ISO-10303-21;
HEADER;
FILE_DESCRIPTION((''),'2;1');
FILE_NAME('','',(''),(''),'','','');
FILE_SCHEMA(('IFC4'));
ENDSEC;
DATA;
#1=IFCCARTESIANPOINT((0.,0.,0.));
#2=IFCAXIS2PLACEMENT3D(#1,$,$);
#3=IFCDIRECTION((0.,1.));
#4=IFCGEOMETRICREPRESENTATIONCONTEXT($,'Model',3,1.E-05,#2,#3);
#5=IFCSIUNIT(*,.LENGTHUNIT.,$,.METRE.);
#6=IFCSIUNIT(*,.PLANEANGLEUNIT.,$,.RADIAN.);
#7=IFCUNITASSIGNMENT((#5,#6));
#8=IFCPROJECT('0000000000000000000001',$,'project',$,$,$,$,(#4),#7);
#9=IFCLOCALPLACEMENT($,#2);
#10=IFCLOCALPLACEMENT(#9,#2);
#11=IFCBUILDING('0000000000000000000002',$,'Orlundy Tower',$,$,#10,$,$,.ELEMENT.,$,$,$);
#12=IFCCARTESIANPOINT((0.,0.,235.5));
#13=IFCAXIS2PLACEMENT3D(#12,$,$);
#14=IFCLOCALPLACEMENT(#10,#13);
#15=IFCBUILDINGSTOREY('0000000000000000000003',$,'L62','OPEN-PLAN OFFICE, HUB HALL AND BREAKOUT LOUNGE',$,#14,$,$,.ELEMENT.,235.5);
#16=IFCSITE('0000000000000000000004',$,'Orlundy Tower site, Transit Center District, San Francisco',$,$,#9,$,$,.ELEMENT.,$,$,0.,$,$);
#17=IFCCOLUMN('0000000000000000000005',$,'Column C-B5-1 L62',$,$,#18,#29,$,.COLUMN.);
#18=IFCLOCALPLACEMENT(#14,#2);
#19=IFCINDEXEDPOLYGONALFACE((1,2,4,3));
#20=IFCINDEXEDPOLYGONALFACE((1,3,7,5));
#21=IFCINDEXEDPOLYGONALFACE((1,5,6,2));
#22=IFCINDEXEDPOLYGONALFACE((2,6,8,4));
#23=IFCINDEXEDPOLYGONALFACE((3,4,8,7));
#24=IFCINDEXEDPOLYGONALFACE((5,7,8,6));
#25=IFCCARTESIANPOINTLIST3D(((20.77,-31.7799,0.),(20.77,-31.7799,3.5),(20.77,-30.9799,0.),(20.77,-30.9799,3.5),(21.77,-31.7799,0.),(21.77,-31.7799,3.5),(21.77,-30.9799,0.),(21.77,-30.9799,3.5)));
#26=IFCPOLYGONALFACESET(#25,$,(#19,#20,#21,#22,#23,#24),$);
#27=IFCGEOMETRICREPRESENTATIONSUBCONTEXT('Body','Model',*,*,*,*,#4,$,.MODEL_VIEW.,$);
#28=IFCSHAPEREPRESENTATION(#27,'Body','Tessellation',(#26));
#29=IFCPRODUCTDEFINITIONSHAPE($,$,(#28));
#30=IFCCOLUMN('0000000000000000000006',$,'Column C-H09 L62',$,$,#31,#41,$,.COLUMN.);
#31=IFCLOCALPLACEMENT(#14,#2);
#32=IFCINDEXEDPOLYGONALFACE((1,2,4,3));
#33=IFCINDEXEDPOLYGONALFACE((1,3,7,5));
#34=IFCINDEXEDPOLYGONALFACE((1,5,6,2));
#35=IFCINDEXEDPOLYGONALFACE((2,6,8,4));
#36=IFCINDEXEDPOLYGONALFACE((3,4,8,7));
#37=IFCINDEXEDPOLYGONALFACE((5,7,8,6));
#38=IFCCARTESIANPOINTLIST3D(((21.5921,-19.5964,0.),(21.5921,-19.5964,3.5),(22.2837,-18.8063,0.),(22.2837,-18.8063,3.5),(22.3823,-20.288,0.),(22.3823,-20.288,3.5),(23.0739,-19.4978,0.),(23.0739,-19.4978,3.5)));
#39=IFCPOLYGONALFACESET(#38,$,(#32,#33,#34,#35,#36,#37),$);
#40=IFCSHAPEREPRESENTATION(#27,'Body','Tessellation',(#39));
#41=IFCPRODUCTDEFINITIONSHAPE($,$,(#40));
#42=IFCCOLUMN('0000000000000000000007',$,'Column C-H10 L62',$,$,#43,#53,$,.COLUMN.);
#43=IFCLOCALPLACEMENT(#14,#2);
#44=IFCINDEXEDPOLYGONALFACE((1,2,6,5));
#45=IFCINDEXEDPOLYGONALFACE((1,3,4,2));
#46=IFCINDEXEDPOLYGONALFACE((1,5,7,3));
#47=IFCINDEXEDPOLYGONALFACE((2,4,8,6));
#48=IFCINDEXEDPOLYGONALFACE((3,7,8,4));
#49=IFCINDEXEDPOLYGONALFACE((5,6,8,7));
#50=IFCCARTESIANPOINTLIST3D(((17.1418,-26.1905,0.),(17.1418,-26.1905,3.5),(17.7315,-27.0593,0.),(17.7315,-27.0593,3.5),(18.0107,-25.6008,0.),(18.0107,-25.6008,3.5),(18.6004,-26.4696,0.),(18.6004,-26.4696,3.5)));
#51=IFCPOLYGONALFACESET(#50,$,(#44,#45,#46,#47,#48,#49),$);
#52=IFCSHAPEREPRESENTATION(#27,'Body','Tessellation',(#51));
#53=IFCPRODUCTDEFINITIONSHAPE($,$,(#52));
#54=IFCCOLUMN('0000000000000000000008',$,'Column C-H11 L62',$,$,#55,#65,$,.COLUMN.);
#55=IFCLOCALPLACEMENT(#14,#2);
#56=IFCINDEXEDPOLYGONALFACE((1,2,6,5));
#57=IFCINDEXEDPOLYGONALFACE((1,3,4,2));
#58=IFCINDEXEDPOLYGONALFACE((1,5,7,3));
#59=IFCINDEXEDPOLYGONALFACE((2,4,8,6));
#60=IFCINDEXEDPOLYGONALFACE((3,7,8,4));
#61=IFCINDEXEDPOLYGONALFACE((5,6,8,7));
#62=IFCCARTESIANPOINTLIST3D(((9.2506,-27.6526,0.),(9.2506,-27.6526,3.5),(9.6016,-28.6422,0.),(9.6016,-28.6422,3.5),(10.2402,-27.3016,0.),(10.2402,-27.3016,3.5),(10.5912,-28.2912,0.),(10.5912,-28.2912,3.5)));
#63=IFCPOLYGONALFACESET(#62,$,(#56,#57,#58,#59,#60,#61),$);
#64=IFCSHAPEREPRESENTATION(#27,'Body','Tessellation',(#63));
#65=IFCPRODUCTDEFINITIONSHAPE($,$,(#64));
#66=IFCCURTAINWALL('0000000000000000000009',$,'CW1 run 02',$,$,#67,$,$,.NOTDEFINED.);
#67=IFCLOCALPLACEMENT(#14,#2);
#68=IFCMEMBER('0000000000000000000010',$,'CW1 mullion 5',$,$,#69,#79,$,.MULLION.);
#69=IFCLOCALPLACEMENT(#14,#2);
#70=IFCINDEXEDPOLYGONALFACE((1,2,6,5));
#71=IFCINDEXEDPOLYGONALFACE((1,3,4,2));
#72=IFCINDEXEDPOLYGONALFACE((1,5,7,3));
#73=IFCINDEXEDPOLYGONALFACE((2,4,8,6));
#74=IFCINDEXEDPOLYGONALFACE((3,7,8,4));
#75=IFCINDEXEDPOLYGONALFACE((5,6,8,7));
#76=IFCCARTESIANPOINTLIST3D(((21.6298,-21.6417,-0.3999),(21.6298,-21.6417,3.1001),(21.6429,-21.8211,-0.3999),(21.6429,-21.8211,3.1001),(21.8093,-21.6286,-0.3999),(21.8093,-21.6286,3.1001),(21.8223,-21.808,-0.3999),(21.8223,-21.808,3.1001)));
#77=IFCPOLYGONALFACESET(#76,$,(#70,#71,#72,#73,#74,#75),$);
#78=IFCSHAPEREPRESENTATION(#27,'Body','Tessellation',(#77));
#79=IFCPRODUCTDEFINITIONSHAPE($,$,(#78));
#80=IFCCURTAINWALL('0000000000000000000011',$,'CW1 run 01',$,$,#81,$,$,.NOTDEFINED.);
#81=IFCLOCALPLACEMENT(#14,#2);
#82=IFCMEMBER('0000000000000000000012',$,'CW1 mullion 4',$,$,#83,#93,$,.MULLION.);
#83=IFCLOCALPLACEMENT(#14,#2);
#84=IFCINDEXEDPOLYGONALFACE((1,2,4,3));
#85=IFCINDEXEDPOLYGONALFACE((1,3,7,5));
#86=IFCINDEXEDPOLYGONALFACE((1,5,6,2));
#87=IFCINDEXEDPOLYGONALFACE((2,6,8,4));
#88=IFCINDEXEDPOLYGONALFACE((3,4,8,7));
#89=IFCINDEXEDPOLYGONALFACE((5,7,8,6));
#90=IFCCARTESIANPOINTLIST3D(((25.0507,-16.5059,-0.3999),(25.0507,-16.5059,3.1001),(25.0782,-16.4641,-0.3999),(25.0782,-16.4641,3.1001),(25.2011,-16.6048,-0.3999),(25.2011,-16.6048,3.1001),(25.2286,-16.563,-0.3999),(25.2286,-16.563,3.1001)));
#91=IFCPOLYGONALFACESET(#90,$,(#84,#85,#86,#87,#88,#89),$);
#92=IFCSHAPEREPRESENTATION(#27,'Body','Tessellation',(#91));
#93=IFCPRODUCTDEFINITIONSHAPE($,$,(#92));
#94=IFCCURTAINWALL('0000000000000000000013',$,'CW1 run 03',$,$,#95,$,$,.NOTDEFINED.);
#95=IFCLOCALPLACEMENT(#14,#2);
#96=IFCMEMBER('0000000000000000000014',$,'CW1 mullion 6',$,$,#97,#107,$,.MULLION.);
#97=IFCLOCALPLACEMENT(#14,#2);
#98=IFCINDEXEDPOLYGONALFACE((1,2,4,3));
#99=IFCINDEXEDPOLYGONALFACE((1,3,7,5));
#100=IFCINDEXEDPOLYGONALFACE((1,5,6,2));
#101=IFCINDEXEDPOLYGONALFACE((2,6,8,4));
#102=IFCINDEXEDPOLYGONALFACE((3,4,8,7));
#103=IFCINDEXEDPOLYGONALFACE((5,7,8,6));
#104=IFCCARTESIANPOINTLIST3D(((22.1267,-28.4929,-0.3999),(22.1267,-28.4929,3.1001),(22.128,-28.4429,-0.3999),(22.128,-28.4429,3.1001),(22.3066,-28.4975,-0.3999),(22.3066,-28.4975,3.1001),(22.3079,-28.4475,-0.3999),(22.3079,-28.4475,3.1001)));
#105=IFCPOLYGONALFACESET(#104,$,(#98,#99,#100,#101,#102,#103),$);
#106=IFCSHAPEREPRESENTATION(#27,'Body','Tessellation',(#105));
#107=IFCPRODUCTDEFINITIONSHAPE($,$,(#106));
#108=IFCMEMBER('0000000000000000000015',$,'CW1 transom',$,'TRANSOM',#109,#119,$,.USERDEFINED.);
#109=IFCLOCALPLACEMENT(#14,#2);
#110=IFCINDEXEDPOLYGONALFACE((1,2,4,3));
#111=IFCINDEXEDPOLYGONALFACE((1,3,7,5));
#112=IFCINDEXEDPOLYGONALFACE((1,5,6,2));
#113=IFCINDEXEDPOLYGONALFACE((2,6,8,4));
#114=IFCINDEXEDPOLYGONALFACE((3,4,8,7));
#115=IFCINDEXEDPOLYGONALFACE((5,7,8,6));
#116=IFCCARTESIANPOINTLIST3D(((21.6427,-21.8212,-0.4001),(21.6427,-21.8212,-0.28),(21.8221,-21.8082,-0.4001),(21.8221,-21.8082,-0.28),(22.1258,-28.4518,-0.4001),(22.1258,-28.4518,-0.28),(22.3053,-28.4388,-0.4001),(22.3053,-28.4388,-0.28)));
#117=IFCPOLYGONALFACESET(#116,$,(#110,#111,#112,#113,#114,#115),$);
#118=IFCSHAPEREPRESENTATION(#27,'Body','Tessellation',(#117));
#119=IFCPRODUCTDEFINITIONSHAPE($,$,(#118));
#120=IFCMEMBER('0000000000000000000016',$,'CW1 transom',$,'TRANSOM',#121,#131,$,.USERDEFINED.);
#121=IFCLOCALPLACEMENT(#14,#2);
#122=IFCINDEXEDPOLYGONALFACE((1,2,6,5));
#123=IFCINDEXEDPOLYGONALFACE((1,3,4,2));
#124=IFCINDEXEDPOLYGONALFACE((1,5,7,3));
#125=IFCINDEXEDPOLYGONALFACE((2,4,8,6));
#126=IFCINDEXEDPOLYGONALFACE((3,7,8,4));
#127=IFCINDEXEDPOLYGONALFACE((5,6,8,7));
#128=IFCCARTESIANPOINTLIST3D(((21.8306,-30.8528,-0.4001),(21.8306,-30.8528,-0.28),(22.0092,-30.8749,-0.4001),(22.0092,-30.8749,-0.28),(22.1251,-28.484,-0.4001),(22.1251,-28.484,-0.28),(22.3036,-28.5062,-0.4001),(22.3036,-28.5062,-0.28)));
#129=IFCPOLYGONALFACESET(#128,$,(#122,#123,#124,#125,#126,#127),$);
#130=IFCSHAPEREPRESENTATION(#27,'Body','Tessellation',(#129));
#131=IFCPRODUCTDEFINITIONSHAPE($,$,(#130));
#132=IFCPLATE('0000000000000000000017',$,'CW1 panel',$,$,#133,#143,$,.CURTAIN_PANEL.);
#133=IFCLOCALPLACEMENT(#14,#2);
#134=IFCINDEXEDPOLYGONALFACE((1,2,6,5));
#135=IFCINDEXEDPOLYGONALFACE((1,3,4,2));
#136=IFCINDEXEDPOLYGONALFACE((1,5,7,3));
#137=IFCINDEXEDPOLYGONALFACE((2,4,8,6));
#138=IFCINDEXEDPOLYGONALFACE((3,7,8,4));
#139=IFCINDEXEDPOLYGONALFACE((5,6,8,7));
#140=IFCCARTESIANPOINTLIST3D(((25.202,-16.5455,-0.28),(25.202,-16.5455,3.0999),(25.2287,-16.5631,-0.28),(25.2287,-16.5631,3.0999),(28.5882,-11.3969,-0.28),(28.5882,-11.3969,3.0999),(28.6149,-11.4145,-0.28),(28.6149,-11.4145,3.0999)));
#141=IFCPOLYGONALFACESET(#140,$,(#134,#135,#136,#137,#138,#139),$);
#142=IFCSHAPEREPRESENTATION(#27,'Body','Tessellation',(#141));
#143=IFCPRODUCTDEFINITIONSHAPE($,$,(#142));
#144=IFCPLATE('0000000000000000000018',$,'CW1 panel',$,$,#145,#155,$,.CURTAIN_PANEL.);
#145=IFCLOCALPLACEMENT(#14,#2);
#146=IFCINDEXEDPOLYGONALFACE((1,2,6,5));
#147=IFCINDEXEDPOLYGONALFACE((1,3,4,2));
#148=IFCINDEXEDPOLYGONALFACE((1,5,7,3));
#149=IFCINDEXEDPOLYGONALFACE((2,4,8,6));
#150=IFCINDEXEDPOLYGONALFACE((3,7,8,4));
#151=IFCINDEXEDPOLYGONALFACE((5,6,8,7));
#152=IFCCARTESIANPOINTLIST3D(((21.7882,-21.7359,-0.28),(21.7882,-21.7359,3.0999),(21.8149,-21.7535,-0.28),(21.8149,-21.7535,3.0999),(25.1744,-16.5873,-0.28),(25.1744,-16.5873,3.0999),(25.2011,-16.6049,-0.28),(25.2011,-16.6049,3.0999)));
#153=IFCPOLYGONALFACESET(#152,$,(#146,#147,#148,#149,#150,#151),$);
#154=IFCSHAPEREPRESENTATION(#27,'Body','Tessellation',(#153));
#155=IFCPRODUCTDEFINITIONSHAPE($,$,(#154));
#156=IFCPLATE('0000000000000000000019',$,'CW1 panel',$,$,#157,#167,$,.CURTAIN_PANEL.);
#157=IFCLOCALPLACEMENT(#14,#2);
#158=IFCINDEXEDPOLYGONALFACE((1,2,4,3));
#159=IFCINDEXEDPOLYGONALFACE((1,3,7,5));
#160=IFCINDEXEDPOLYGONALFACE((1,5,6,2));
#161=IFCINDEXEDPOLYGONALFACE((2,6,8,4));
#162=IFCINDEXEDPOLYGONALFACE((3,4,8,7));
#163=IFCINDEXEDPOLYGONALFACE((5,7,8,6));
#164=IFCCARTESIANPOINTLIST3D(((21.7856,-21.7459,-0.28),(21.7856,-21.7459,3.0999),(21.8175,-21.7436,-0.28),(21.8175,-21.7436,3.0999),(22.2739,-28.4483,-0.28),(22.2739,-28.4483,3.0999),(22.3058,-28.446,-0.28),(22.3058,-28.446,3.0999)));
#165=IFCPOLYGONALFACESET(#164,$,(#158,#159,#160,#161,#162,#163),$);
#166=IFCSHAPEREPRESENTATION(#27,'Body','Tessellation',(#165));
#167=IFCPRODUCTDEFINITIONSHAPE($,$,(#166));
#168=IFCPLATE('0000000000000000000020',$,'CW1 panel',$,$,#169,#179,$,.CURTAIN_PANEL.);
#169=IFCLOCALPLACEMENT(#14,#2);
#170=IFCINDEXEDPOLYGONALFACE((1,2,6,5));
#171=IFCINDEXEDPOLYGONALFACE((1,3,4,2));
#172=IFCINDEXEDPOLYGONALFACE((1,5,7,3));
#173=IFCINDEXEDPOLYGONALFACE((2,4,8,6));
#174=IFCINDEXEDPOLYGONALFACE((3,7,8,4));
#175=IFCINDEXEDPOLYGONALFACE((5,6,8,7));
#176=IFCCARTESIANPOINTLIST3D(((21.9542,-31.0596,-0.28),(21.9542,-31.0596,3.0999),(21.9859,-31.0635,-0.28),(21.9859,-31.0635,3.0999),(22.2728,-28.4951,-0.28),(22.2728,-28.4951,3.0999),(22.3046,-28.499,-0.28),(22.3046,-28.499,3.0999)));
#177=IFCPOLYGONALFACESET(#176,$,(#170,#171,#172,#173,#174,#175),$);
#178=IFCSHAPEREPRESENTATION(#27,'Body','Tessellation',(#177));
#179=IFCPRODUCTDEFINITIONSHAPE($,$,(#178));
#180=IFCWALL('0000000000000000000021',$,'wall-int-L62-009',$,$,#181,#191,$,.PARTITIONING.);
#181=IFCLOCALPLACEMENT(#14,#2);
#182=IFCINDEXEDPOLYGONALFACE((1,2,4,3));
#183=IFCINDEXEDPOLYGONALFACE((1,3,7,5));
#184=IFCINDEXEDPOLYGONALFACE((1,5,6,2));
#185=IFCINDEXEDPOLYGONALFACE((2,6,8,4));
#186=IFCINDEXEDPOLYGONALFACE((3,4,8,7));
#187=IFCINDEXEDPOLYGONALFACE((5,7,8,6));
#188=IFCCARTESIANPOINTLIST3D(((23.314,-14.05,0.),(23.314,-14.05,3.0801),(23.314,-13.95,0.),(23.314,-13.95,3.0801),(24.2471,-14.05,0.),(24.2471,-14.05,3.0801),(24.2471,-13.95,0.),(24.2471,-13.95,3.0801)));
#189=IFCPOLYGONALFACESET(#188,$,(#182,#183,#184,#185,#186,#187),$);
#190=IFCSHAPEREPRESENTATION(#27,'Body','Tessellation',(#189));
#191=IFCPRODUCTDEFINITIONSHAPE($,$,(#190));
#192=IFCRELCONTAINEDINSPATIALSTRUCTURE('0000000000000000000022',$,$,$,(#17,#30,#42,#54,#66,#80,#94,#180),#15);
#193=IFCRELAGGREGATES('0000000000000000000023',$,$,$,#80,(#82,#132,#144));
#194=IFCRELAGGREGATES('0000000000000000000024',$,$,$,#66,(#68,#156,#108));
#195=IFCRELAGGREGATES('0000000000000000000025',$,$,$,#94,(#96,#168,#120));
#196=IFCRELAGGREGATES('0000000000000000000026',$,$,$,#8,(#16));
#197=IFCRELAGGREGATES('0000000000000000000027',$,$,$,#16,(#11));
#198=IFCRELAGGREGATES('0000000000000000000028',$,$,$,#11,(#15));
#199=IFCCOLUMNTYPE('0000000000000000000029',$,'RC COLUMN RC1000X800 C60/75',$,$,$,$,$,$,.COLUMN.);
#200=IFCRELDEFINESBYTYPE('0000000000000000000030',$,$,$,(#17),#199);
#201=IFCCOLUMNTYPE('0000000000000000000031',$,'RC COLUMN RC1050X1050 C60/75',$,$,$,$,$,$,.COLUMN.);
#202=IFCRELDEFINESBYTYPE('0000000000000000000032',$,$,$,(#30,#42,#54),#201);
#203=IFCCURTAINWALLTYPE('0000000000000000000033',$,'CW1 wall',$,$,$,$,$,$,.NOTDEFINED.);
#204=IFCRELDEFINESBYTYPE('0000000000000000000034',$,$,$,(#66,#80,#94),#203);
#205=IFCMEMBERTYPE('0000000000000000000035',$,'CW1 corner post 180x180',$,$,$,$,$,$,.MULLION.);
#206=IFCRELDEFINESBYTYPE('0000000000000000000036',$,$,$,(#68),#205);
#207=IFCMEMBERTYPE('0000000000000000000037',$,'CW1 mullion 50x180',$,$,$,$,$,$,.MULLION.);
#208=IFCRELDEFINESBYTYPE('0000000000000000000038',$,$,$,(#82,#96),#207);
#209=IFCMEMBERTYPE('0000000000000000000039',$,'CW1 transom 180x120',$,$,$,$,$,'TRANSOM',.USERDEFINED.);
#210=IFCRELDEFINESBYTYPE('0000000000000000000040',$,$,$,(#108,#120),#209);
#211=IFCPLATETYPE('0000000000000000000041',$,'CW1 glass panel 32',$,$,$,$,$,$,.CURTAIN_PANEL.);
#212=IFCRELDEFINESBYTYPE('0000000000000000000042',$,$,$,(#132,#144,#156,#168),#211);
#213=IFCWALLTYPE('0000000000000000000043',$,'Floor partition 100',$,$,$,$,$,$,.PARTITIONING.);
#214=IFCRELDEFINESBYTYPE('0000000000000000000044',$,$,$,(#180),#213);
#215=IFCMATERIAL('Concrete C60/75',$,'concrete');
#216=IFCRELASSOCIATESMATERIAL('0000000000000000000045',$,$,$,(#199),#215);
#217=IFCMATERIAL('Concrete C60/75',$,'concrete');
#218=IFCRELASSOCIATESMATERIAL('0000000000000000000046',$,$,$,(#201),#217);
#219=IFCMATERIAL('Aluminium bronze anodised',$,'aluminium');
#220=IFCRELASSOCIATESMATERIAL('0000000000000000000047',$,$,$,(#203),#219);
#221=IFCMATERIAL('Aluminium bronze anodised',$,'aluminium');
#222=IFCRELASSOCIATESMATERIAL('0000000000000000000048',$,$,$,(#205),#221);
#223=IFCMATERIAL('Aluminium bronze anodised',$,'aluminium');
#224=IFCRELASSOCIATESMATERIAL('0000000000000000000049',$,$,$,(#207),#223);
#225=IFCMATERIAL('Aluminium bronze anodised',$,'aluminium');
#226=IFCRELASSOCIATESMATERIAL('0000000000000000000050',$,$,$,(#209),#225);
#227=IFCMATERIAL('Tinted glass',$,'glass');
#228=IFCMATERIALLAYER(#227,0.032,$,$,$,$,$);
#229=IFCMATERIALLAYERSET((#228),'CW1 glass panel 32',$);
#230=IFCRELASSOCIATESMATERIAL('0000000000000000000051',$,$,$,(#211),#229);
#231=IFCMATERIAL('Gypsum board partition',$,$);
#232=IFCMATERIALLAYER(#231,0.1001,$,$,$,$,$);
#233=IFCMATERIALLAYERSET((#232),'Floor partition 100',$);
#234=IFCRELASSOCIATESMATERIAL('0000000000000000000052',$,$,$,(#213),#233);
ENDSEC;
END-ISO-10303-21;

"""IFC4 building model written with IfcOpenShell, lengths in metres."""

from ifc_helpers import new_model, si_unit, direction, frame, frame_2d, origin, origin_2d, place, context, subcontext, project, spatial, rectangle, extrude, material, layer, layer_set, material_profile, profile_set, type_object, element, aggregate, save


model = new_model("IFC4")

# Units and contexts
model_context = context("Model", 3, precision=1e-05, world=origin(), true_north=direction((0.0, 1.0)))
body_context = subcontext(model_context, "Body", "Model", "MODEL_VIEW")
ifc_project = project(units=[si_unit("LENGTHUNIT", "METRE"), si_unit("PLANEANGLEUNIT", "RADIAN")], contexts=[model_context])

# Site, building, storey
site_placement = place(None, origin())
site = spatial("IfcSite", under=ifc_project, at=site_placement, Name="Orlundy Tower site, Transit Center District, San Francisco", CompositionType="ELEMENT", RefElevation=0.0)
building_placement = place(site_placement, origin())
building = spatial("IfcBuilding", under=site, at=building_placement, Name="Orlundy Tower", CompositionType="ELEMENT")
storey_placement = place(building_placement, frame((0.0, 0.0, 235.5)))
storey = spatial("IfcBuildingStorey", under=building, at=storey_placement, Name="L62", Description="OPEN-PLAN OFFICE, HUB HALL AND BREAKOUT LOUNGE", CompositionType="ELEMENT", Elevation=235.5)

# Columns
ifc_material_1 = material(Name="Concrete C60/75", Category="concrete")
ifc_material_profile_1 = material_profile(ifc_material_1, rectangle(XDim=1.0, YDim=0.8, at=origin_2d()), Name="RC1000X800")
ifc_profile_set_1 = profile_set([ifc_material_profile_1], Name="Concrete C60/75")
column_type_1 = type_object("IfcColumnType", Name="RC COLUMN RC1000X800 C60/75", PredefinedType="COLUMN", material=ifc_profile_set_1)
column_placement = place(storey_placement, frame((21.27, -31.3799, 0.0), z_axis=(0.0, 0.0, 1.0), x_axis=(1.0, 0.0, 0.0)))
element("IfcColumn", 1, at=column_placement, inside=storey, type_object=column_type_1, Name="Column C-B5-1 L62", PredefinedType="COLUMN", context=body_context, shape_type="SweptSolid", body=[
    extrude(rectangle(XDim=1.0, YDim=0.8, at=origin_2d()), origin(), (0.0, 0.0, 1.0), 3.5),
])
ifc_material_2 = material(Name="Concrete C60/75", Category="concrete")
ifc_material_profile_2 = material_profile(ifc_material_2, rectangle(XDim=1.05, YDim=1.05, at=origin_2d()), Name="RC1050X1050")
ifc_profile_set_2 = profile_set([ifc_material_profile_2], Name="Concrete C60/75")
column_type_2 = type_object("IfcColumnType", Name="RC COLUMN RC1050X1050 C60/75", PredefinedType="COLUMN", material=ifc_profile_set_2)
for number, where, z_axis, x_axis, name in (
    (2, (22.333, -19.5471, 0.0), (0.0, 0.0, 1.0), (0.752484, -0.658611, 0.0), "Column C-H09 L62"),
    (3, (17.8711, -26.3301, 0.0), (0.0, 0.0, 1.0), (0.561592, -0.827414, 0.0), "Column C-H10 L62"),
    (4, (9.9209, -27.9719, 0.0), (0.0, 0.0, 1.0), (0.334267, -0.942478, 0.0), "Column C-H11 L62"),
):
    element("IfcColumn", number, at=place(storey_placement, frame(where, z_axis=z_axis, x_axis=x_axis)), inside=storey, type_object=column_type_2, Name=name, PredefinedType="COLUMN", context=body_context, shape_type="SweptSolid", body=[
        extrude(rectangle(XDim=1.05, YDim=1.05, at=origin_2d()), origin(), (0.0, 0.0, 1.0), 3.5),
    ])

# Curtain walls, members
ifc_material_3 = material(Name="Aluminium bronze anodised", Category="aluminium")
curtain_wall_type = type_object("IfcCurtainWallType", Name="CW1 wall", PredefinedType="NOTDEFINED", material=ifc_material_3)
curtain_wall_1_placement = place(storey_placement, origin())
curtain_wall_1 = element("IfcCurtainWall", 5, at=curtain_wall_1_placement, inside=storey, type_object=curtain_wall_type, Name="CW1 run 02", PredefinedType="NOTDEFINED")
ifc_material_4 = material(Name="Aluminium bronze anodised", Category="aluminium")
ifc_material_profile_3 = material_profile(ifc_material_4, rectangle(XDim=0.1799, YDim=0.1799, at=origin_2d()), Name="CW1 corner post 180x180")
ifc_profile_set_3 = profile_set([ifc_material_profile_3], Name="Aluminium bronze anodised")
member_type_1 = type_object("IfcMemberType", Name="CW1 corner post 180x180", PredefinedType="MULLION", material=ifc_profile_set_3)
member_1_placement = place(storey_placement, frame((21.7261, -21.7249, -0.3999), z_axis=(0.0, 0.0, 1.0), x_axis=(0.997357, 0.072661, 0.0)))
member_1 = element("IfcMember", 6, at=member_1_placement, type_object=member_type_1, Name="CW1 mullion 5", PredefinedType="MULLION", context=body_context, shape_type="SweptSolid", body=[
    extrude(rectangle(XDim=0.1799, YDim=0.1799, at=origin_2d()), origin(), (0.0, 0.0, 1.0), 3.5),
])
curtain_wall_2_placement = place(storey_placement, origin())
curtain_wall_2 = element("IfcCurtainWall", 7, at=curtain_wall_2_placement, inside=storey, type_object=curtain_wall_type, Name="CW1 run 01", PredefinedType="NOTDEFINED")
ifc_material_5 = material(Name="Aluminium bronze anodised", Category="aluminium")
ifc_material_profile_4 = material_profile(ifc_material_5, rectangle(XDim=0.1799, YDim=0.05, at=origin_2d()), Name="CW1 mullion 50x180")
ifc_profile_set_4 = profile_set([ifc_material_profile_4], Name="Aluminium bronze anodised")
member_type_2 = type_object("IfcMemberType", Name="CW1 mullion 50x180", PredefinedType="MULLION", material=ifc_profile_set_4)
member_2_placement = place(storey_placement, frame((25.1396, -16.5344, -0.3999), z_axis=(0.0, 0.0, 1.0), x_axis=(0.835496, -0.549496, 0.0)))
member_2 = element("IfcMember", 8, at=member_2_placement, type_object=member_type_2, Name="CW1 mullion 4", PredefinedType="MULLION", context=body_context, shape_type="SweptSolid", body=[
    extrude(rectangle(XDim=0.1799, YDim=0.05, at=origin_2d()), origin(), (0.0, 0.0, 1.0), 3.5),
])
curtain_wall_3_placement = place(storey_placement, origin())
curtain_wall_3 = element("IfcCurtainWall", 9, at=curtain_wall_3_placement, inside=storey, type_object=curtain_wall_type, Name="CW1 run 03", PredefinedType="NOTDEFINED")
member_3_placement = place(storey_placement, frame((22.2173, -28.4702, -0.3999), z_axis=(0.0, 0.0, 1.0), x_axis=(0.999676, -0.025444, 0.0)))
member_3 = element("IfcMember", 10, at=member_3_placement, type_object=member_type_2, Name="CW1 mullion 6", PredefinedType="MULLION", context=body_context, shape_type="SweptSolid", body=[
    extrude(rectangle(XDim=0.1799, YDim=0.05, at=origin_2d()), origin(), (0.0, 0.0, 1.0), 3.5),
])

# Members
ifc_material_6 = material(Name="Aluminium bronze anodised", Category="aluminium")
ifc_material_profile_5 = material_profile(ifc_material_6, rectangle(XDim=0.1799, YDim=0.1201, at=origin_2d()), Name="CW1 transom 180x120")
ifc_profile_set_5 = profile_set([ifc_material_profile_5], Name="Aluminium bronze anodised")
member_type_3 = type_object("IfcMemberType", Name="CW1 transom 180x120", ElementType="TRANSOM", PredefinedType="USERDEFINED", material=ifc_profile_set_5)
member_4_placement = place(storey_placement, frame((21.7324, -21.8147, -0.3401), z_axis=(0.072675, -0.997356, 0.0), x_axis=(0.997356, 0.072675, 0.0)))
member_4 = element("IfcMember", 11, at=member_4_placement, type_object=member_type_3, Name="CW1 transom", ObjectType="TRANSOM", PredefinedType="USERDEFINED", context=body_context, shape_type="SweptSolid", body=[
    extrude(rectangle(XDim=0.1799, YDim=0.1201, at=origin_2d()), origin(), (0.0, 0.0, 1.0), 6.6482),
])
member_5_placement = place(storey_placement, frame((22.2144, -28.4951, -0.3401), z_axis=(-0.123355, -0.992363, 0.0), x_axis=(0.992363, -0.123355, 0.0)))
member_5 = element("IfcMember", 12, at=member_5_placement, type_object=member_type_3, Name="CW1 transom", ObjectType="TRANSOM", PredefinedType="USERDEFINED", context=body_context, shape_type="SweptSolid", body=[
    extrude(rectangle(XDim=0.1799, YDim=0.1201, at=origin_2d()), origin(), (0.0, 0.0, 1.0), 2.387),
])

# Plates
ifc_material_7 = material(Name="Tinted glass", Category="glass")
ifc_layer_1 = layer(ifc_material_7, 0.032)
ifc_layer_set_1 = layer_set([ifc_layer_1], Name="CW1 glass panel 32")
plate_type = type_object("IfcPlateType", Name="CW1 glass panel 32", PredefinedType="CURTAIN_PANEL", material=ifc_layer_set_1)
plate_1_placement = place(storey_placement, frame((26.9084, -13.98, -0.28), z_axis=(0.0, 0.0, 1.0), x_axis=(-0.549496, -0.835496, 0.0)))
plate_1 = element("IfcPlate", 13, at=plate_1_placement, type_object=plate_type, Name="CW1 panel", PredefinedType="CURTAIN_PANEL", context=body_context, shape_type="SweptSolid", body=[
    extrude(rectangle(XDim=6.1624, YDim=0.032, at=origin_2d()), origin(), (0.0, 0.0, 1.0), 3.3799),
])
plate_2_placement = place(storey_placement, frame((23.4946, -19.1704, -0.28), z_axis=(0.0, 0.0, 1.0), x_axis=(-0.549496, -0.835496, 0.0)))
plate_2 = element("IfcPlate", 14, at=plate_2_placement, type_object=plate_type, Name="CW1 panel", PredefinedType="CURTAIN_PANEL", context=body_context, shape_type="SweptSolid", body=[
    extrude(rectangle(XDim=6.1624, YDim=0.032, at=origin_2d()), origin(), (0.0, 0.0, 1.0), 3.3799),
])
aggregate(curtain_wall_2, [member_2, plate_1, plate_2])
plate_3_placement = place(storey_placement, frame((22.0457, -25.0959, -0.28), z_axis=(0.0, 0.0, 1.0), x_axis=(0.072661, -0.997357, 0.0)))
plate_3 = element("IfcPlate", 15, at=plate_3_placement, type_object=plate_type, Name="CW1 panel", PredefinedType="CURTAIN_PANEL", context=body_context, shape_type="SweptSolid", body=[
    extrude(rectangle(XDim=6.7202, YDim=0.032, at=origin_2d()), origin(), (0.0, 0.0, 1.0), 3.3799),
])
aggregate(curtain_wall_1, [member_1, plate_3, member_4])
plate_4_placement = place(storey_placement, frame((22.1294, -29.7793, -0.28), z_axis=(0.0, 0.0, 1.0), x_axis=(-0.123304, -0.992369, 0.0)))
plate_4 = element("IfcPlate", 16, at=plate_4_placement, type_object=plate_type, Name="CW1 panel", PredefinedType="CURTAIN_PANEL", context=body_context, shape_type="SweptSolid", body=[
    extrude(rectangle(XDim=2.5842, YDim=0.032, at=origin_2d()), origin(), (0.0, 0.0, 1.0), 3.3799),
])
aggregate(curtain_wall_3, [member_3, plate_4, member_5])

# Wall
ifc_material_8 = material(Name="Gypsum board partition")
ifc_layer_2 = layer(ifc_material_8, 0.1001)
ifc_layer_set_2 = layer_set([ifc_layer_2], Name="Floor partition 100")
wall_type_1 = type_object("IfcWallType", Name="Floor partition 100", PredefinedType="PARTITIONING", material=ifc_layer_set_2)
wall_1_placement = place(storey_placement, frame((23.314, -14.0, 0.0), z_axis=(0.0, 0.0, 1.0), x_axis=(1.0, 0.0, 0.0)))
element("IfcWall", 17, at=wall_1_placement, inside=storey, type_object=wall_type_1, Name="wall-int-L62-009", PredefinedType="PARTITIONING", context=body_context, shape_type="SweptSolid", body=[
    extrude(rectangle(XDim=0.9331, YDim=0.1001, at=frame_2d((0.4666, 0.0))), origin(), (0.0, 0.0, 1.0), 3.0801),
])

save(model, "model.ifc")
